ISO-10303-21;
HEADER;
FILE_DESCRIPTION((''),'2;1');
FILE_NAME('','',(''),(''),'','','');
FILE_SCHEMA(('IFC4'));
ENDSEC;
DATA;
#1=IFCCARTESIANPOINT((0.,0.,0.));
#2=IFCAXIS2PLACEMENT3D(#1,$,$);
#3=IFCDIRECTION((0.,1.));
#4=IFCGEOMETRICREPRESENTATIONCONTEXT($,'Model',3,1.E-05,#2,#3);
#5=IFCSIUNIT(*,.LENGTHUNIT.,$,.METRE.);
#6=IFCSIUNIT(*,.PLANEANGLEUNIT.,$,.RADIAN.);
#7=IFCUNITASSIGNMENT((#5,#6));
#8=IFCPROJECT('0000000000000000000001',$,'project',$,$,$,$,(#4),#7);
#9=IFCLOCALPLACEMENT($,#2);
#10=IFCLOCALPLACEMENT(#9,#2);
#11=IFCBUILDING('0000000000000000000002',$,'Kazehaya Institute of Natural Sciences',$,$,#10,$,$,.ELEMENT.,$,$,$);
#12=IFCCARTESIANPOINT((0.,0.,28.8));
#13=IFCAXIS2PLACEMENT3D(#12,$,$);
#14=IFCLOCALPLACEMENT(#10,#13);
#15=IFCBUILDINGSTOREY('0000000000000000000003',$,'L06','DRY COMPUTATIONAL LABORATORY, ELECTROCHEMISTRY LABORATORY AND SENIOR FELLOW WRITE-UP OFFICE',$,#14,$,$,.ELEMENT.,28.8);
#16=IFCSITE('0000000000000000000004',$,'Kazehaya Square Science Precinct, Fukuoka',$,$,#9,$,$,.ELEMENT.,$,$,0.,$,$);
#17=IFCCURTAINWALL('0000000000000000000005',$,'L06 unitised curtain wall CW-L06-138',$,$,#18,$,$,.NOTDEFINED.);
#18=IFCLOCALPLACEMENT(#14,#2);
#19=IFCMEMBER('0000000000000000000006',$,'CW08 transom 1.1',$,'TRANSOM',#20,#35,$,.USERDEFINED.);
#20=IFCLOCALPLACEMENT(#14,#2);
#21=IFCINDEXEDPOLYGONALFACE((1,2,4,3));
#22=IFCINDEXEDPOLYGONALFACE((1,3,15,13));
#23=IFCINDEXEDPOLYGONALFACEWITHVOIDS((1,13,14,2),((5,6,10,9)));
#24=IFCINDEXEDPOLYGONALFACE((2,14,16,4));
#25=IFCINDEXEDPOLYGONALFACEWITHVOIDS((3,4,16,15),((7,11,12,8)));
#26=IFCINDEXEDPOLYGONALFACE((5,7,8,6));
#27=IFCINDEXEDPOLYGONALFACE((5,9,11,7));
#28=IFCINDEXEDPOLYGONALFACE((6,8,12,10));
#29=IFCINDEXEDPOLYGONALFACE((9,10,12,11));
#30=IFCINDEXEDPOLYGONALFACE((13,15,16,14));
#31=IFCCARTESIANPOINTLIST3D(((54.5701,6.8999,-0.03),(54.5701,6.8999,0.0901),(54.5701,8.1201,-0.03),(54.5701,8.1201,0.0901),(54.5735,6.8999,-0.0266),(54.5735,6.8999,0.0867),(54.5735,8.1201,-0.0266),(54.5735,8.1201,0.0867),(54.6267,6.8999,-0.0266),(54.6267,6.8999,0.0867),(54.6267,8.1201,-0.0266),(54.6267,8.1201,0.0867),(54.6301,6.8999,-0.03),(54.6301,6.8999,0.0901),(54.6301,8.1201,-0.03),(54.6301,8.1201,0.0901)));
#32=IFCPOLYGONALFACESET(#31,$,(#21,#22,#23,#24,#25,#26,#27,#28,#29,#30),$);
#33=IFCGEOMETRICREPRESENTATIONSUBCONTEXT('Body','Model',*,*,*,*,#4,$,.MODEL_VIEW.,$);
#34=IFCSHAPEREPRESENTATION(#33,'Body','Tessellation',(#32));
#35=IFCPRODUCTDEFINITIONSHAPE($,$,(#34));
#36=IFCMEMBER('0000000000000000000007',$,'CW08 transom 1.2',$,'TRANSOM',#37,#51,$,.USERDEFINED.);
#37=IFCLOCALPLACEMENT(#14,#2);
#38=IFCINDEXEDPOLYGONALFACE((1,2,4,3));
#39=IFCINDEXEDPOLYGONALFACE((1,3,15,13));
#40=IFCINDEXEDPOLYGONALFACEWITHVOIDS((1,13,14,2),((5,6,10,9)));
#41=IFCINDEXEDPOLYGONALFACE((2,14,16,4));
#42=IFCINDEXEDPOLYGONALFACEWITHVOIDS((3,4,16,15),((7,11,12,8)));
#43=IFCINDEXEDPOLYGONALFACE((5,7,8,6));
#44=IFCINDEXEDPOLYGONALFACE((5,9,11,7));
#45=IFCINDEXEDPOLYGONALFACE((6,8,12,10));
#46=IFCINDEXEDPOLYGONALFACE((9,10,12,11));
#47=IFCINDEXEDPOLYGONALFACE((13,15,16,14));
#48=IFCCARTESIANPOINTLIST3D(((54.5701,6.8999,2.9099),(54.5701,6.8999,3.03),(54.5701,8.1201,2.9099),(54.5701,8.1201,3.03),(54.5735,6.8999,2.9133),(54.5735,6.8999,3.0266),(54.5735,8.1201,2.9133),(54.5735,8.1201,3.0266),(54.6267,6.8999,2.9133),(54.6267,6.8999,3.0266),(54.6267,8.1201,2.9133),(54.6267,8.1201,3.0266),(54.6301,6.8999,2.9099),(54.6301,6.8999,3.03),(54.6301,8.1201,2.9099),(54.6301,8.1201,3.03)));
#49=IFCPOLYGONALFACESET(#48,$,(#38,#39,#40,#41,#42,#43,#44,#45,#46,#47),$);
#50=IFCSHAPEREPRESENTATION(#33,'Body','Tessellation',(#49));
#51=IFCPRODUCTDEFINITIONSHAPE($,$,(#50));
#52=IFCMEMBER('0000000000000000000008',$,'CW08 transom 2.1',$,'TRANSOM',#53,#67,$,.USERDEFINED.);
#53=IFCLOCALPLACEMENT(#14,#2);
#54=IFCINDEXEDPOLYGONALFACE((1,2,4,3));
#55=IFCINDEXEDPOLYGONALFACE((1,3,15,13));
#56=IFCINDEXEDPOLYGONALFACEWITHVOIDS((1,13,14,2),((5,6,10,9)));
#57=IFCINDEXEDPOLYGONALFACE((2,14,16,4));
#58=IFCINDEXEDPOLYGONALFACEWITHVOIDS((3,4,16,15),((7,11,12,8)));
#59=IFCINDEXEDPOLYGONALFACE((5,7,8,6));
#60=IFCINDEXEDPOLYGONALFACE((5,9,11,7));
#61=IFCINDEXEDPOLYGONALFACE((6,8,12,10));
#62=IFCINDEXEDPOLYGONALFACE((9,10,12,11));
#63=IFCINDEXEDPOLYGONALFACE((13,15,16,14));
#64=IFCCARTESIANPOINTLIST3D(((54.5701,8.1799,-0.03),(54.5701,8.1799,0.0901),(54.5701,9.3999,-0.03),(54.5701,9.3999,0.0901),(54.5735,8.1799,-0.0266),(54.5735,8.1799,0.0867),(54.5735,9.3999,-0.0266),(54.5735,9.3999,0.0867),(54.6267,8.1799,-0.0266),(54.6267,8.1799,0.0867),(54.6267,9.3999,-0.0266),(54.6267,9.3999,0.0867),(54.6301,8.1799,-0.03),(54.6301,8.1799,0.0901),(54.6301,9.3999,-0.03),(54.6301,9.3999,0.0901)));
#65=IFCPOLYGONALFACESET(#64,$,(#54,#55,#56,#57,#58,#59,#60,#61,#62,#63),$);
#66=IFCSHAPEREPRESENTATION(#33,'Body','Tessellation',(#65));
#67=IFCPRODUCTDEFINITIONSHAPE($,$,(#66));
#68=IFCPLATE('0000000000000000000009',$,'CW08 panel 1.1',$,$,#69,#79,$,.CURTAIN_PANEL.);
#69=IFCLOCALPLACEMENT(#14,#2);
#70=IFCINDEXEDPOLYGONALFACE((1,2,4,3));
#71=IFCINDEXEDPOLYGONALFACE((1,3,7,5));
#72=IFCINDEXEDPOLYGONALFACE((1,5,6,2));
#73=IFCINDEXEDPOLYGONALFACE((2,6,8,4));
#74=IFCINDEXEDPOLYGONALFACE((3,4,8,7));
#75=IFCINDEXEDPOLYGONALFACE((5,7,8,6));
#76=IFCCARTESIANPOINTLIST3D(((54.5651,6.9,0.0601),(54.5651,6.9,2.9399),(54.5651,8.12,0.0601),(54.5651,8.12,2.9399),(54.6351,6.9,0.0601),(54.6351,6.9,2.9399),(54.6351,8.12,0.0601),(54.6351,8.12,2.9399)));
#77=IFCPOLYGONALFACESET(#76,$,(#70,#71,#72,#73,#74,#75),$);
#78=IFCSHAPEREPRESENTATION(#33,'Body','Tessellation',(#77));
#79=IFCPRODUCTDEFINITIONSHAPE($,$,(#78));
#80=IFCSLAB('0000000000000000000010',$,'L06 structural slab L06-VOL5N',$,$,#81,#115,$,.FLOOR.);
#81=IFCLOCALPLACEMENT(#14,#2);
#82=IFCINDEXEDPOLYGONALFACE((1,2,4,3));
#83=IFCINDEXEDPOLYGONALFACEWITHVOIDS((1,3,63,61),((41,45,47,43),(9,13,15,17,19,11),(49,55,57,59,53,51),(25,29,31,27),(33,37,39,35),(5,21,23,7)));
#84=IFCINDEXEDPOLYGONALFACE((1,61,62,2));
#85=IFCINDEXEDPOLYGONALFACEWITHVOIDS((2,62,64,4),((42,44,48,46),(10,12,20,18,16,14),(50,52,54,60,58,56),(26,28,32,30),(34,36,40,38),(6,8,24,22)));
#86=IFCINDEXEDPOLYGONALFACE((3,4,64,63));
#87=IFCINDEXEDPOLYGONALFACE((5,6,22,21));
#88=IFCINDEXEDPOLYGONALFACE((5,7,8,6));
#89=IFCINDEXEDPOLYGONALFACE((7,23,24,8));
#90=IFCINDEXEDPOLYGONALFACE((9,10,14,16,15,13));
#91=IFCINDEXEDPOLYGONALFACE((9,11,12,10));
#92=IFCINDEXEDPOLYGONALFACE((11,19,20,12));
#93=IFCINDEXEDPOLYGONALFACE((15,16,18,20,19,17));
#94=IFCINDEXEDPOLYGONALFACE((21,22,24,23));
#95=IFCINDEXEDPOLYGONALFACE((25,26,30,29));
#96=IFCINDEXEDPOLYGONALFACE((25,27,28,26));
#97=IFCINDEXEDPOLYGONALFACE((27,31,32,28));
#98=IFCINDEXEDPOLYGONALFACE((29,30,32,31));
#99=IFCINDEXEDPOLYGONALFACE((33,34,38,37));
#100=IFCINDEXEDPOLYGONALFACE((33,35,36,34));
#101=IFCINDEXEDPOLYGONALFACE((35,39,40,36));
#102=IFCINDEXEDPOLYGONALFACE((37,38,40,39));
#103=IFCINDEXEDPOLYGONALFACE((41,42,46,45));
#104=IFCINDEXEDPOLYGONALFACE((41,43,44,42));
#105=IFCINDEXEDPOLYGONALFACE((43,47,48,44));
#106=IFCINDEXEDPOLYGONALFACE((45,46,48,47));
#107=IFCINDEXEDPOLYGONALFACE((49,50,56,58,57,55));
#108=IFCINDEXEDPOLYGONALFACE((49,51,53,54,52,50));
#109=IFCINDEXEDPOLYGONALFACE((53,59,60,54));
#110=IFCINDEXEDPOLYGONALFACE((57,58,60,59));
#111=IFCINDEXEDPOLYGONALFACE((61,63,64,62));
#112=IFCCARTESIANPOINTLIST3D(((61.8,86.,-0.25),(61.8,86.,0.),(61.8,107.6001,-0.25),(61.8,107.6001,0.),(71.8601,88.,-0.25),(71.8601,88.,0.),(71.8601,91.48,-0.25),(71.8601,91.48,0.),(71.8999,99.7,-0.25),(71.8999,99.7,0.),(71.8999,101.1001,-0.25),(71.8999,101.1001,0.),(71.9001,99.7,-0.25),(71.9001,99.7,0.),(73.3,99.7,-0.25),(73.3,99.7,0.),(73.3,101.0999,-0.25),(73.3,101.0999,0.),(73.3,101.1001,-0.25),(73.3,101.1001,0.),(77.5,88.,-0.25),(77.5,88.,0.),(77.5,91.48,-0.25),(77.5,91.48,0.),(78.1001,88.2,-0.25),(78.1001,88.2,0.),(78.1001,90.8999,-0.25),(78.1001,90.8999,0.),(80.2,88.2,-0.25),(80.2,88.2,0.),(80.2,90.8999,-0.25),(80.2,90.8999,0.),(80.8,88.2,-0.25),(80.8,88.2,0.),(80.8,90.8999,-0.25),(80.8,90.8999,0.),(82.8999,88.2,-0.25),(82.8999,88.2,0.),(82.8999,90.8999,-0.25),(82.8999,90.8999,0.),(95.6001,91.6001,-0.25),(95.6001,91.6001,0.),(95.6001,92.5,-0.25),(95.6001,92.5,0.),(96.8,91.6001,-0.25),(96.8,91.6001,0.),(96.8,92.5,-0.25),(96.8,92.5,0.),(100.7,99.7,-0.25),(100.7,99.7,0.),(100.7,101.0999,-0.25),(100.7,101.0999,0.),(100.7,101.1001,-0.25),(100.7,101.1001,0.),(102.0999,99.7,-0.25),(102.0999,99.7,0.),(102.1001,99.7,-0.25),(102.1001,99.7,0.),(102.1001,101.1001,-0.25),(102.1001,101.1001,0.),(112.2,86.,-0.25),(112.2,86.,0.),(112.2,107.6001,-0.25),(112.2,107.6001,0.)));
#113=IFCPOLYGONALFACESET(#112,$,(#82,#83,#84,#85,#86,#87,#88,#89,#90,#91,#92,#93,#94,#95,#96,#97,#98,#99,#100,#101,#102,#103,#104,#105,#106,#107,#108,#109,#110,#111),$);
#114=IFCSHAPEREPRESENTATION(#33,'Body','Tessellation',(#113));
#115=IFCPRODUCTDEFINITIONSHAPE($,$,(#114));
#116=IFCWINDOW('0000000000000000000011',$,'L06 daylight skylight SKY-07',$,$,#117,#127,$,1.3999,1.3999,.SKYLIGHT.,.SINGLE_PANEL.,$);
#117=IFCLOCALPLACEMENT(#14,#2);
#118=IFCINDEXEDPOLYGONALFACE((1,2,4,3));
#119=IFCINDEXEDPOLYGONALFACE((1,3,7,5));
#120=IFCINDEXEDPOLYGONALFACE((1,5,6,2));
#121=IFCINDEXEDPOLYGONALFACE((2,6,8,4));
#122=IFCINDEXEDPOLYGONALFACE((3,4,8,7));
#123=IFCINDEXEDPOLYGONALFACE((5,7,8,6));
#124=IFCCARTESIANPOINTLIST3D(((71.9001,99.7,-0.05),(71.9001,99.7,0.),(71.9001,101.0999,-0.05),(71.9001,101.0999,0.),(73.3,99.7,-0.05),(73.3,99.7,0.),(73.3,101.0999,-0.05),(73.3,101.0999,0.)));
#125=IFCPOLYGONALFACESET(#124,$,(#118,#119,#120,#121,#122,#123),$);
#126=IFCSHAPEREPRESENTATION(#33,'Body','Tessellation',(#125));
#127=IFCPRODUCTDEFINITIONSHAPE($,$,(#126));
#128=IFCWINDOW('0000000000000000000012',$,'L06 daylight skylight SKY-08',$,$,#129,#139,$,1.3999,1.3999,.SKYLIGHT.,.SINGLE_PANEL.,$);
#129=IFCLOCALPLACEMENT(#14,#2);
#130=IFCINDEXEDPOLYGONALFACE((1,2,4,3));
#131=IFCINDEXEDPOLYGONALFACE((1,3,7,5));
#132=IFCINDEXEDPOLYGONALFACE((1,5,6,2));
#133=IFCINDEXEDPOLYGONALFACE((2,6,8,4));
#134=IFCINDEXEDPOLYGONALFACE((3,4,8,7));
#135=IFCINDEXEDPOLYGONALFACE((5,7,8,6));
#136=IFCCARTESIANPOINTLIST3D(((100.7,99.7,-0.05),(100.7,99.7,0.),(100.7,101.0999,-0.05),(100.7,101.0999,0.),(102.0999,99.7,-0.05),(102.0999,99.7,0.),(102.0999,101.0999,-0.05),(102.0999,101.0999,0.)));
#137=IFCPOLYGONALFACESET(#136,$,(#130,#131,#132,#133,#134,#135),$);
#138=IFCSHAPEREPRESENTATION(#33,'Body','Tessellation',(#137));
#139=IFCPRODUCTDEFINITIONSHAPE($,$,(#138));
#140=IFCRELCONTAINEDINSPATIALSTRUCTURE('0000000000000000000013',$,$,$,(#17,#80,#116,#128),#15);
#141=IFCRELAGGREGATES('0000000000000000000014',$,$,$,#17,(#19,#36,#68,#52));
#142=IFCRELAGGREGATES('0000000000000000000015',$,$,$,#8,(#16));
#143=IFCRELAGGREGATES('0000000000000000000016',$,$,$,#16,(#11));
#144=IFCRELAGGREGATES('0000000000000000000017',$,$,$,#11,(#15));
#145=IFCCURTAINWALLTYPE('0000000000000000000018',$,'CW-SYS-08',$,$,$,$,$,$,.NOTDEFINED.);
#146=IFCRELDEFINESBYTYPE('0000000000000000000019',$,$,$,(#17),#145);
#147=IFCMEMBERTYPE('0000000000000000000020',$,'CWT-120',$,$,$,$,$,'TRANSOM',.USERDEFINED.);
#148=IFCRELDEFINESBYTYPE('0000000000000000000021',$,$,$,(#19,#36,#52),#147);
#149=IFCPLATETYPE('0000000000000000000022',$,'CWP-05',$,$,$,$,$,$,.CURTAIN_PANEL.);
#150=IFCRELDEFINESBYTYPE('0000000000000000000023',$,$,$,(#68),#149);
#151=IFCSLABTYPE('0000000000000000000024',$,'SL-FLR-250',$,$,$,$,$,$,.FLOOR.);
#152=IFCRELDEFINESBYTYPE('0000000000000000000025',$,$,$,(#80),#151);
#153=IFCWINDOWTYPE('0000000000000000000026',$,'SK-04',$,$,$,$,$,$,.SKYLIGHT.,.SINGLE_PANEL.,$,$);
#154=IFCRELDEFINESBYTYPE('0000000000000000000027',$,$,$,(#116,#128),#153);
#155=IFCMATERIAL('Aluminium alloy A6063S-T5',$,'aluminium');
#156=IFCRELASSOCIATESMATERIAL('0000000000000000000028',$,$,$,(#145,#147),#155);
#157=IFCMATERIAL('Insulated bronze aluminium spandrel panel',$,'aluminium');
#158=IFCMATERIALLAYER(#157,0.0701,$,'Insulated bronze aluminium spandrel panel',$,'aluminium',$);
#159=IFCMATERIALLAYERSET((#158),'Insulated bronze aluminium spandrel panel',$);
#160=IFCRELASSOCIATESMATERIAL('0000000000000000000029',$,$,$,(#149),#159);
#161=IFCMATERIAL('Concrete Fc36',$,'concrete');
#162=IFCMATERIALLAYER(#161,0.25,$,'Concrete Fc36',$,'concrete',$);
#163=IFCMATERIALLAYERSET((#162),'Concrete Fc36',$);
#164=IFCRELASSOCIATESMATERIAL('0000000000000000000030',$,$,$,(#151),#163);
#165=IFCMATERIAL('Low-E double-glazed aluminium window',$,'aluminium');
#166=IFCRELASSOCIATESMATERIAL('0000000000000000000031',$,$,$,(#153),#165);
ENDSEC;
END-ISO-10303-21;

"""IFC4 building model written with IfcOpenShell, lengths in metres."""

from ifc_helpers import new_model, si_unit, direction, frame, origin, origin_2d, place, context, subcontext, project, spatial, polyline, rectangle, hollow_rectangle, outline, extrude, material, layer, layer_set, material_profile, profile_set, type_object, element, fill, aggregate, save


model = new_model("IFC4")

# Units and contexts
model_context = context("Model", 3, precision=1e-05, world=origin(), true_north=direction((0.0, 1.0)))
body_context = subcontext(model_context, "Body", "Model", "MODEL_VIEW")
ifc_project = project(units=[si_unit("LENGTHUNIT", "METRE"), si_unit("PLANEANGLEUNIT", "RADIAN")], contexts=[model_context])

# Site, building, storey
site_placement = place(None, origin())
site = spatial("IfcSite", under=ifc_project, at=site_placement, Name="Kazehaya Square Science Precinct, Fukuoka", CompositionType="ELEMENT", RefElevation=0.0)
building_placement = place(site_placement, origin())
building = spatial("IfcBuilding", under=site, at=building_placement, Name="Kazehaya Institute of Natural Sciences", CompositionType="ELEMENT")
storey_placement = place(building_placement, frame((0.0, 0.0, 28.8)))
storey = spatial("IfcBuildingStorey", under=building, at=storey_placement, Name="L06", Description="DRY COMPUTATIONAL LABORATORY, ELECTROCHEMISTRY LABORATORY AND SENIOR FELLOW WRITE-UP OFFICE", CompositionType="ELEMENT", Elevation=28.8)

# Shared definitions
ifc_material_1 = material(Name="Concrete Fc36", Category="concrete")

# Curtain wall, members, plate
ifc_material_2 = material(Name="Aluminium alloy A6063S-T5", Category="aluminium")
curtain_wall_type = type_object("IfcCurtainWallType", Name="CW-SYS-08", PredefinedType="NOTDEFINED", material=ifc_material_2)
curtain_wall_placement = place(storey_placement, origin())
curtain_wall = element("IfcCurtainWall", 1, at=curtain_wall_placement, inside=storey, type_object=curtain_wall_type, Name="L06 unitised curtain wall CW-L06-138", PredefinedType="NOTDEFINED")
ifc_material_profile_1 = material_profile(ifc_material_2, hollow_rectangle(XDim=0.0601, YDim=0.1201, WallThickness=0.0034, at=origin_2d()), Name="ALU-60x120x3.5")
ifc_profile_set_1 = profile_set([ifc_material_profile_1], Name="Aluminium alloy A6063S-T5")
member_type_1 = type_object("IfcMemberType", Name="CWT-120", ElementType="TRANSOM", PredefinedType="USERDEFINED", material=ifc_profile_set_1)
member_1_placement = place(storey_placement, frame((54.6001, 6.8999, 0.03), z_axis=(0.0, 1.0, 0.0), x_axis=(-1.0, 0.0, 0.0)))
member_1 = element("IfcMember", 2, at=member_1_placement, type_object=member_type_1, Name="CW08 transom 1.1", ObjectType="TRANSOM", PredefinedType="USERDEFINED", context=body_context, shape_type="SweptSolid", body=[
    extrude(hollow_rectangle(XDim=0.0601, YDim=0.1201, WallThickness=0.0034, at=origin_2d()), origin(), (0.0, 0.0, 1.0), 1.2202),
])
member_2_placement = place(storey_placement, frame((54.6001, 6.8999, 2.97), z_axis=(0.0, 1.0, 0.0), x_axis=(-1.0, 0.0, 0.0)))
member_2 = element("IfcMember", 3, at=member_2_placement, type_object=member_type_1, Name="CW08 transom 1.2", ObjectType="TRANSOM", PredefinedType="USERDEFINED", context=body_context, shape_type="SweptSolid", body=[
    extrude(hollow_rectangle(XDim=0.0601, YDim=0.1201, WallThickness=0.0034, at=origin_2d()), origin(), (0.0, 0.0, 1.0), 1.2202),
])
member_3_placement = place(storey_placement, frame((54.6001, 8.1799, 0.03), z_axis=(0.0, 1.0, 0.0), x_axis=(-1.0, 0.0, 0.0)))
member_3 = element("IfcMember", 4, at=member_3_placement, type_object=member_type_1, Name="CW08 transom 2.1", ObjectType="TRANSOM", PredefinedType="USERDEFINED", context=body_context, shape_type="SweptSolid", body=[
    extrude(hollow_rectangle(XDim=0.0601, YDim=0.1201, WallThickness=0.0034, at=origin_2d()), origin(), (0.0, 0.0, 1.0), 1.22),
])
ifc_material_3 = material(Name="Insulated bronze aluminium spandrel panel", Category="aluminium")
ifc_layer_1 = layer(ifc_material_3, 0.0701, Name="Insulated bronze aluminium spandrel panel", Category="aluminium")
ifc_layer_set_1 = layer_set([ifc_layer_1], Name="Insulated bronze aluminium spandrel panel")
plate_type = type_object("IfcPlateType", Name="CWP-05", PredefinedType="CURTAIN_PANEL", material=ifc_layer_set_1)
plate_placement = place(storey_placement, frame((54.6001, 7.51, 0.0601), z_axis=(0.0, 0.0, 1.0), x_axis=(0.0, 1.0, 0.0)))
plate = element("IfcPlate", 5, at=plate_placement, type_object=plate_type, Name="CW08 panel 1.1", PredefinedType="CURTAIN_PANEL", context=body_context, shape_type="SweptSolid", body=[
    extrude(rectangle(XDim=1.22, YDim=0.0701, at=origin_2d()), origin(), (0.0, 0.0, 1.0), 2.8799),
])
aggregate(curtain_wall, [member_1, member_2, plate, member_3])

# Slab, openings, windows
ifc_layer_2 = layer(ifc_material_1, 0.25, Name="Concrete Fc36", Category="concrete")
ifc_layer_set_2 = layer_set([ifc_layer_2], Name="Concrete Fc36")
slab_type_1 = type_object("IfcSlabType", Name="SL-FLR-250", PredefinedType="FLOOR", material=ifc_layer_set_2)
slab_1_placement = place(storey_placement, frame((0.0, 0.0, -0.25)))
slab_1 = element("IfcSlab", 6, at=slab_1_placement, inside=storey, type_object=slab_type_1, Name="L06 structural slab L06-VOL5N", PredefinedType="FLOOR", context=body_context, shape_type="SweptSolid", body=[
    extrude(outline(polyline([(61.8, 86.0), (112.2, 86.0), (112.2, 107.6001), (61.8, 107.6001), (61.8, 86.0)]), holes=[polyline([(95.6001, 91.6001), (96.8, 91.6001), (96.8, 92.5), (95.6001, 92.5), (95.6001, 91.6001)]), polyline([(71.8601, 88.0), (77.5, 88.0), (77.5, 91.48), (71.8601, 91.48), (71.8601, 88.0)]), polyline([(78.1001, 88.2), (80.2, 88.2), (80.2, 90.8999), (78.1001, 90.8999), (78.1001, 88.2)]), polyline([(80.8, 88.2), (82.8999, 88.2), (82.8999, 90.8999), (80.8, 90.8999), (80.8, 88.2)]), polyline([(71.8999, 99.7), (73.3, 99.7), (73.3, 101.1001), (71.8999, 101.1001), (71.8999, 99.7)]), polyline([(100.7, 99.7), (102.1001, 99.7), (102.1001, 101.1001), (100.7, 101.1001), (100.7, 99.7)])]), origin(), (0.0, 0.0, 1.0), 0.25),
])
opening_1_placement = place(slab_1_placement, frame((72.6001, 100.3999, 0.0)))
opening_1 = element("IfcOpeningElement", 7, at=opening_1_placement, cuts=slab_1, PredefinedType="OPENING", context=body_context, shape_type="SweptSolid", body=[
    extrude(rectangle(XDim=1.3999, YDim=1.3999, at=origin_2d()), frame((0.0, 0.0, -0.01)), (0.0, 0.0, 1.0), 0.27),
])
opening_2_placement = place(slab_1_placement, frame((101.3999, 100.3999, 0.0)))
opening_2 = element("IfcOpeningElement", 8, at=opening_2_placement, cuts=slab_1, PredefinedType="OPENING", context=body_context, shape_type="SweptSolid", body=[
    extrude(rectangle(XDim=1.3999, YDim=1.3999, at=origin_2d()), frame((0.0, 0.0, -0.01)), (0.0, 0.0, 1.0), 0.27),
])
ifc_material_4 = material(Name="Low-E double-glazed aluminium window", Category="aluminium")
window_type = type_object("IfcWindowType", Name="SK-04", PartitioningType="SINGLE_PANEL", PredefinedType="SKYLIGHT", material=ifc_material_4)
window_1_placement = place(opening_1_placement, frame((0.0, 0.0, 0.2)))
window_1 = element("IfcWindow", 9, at=window_1_placement, inside=storey, type_object=window_type, Name="L06 daylight skylight SKY-07", OverallHeight=1.3999, OverallWidth=1.3999, PartitioningType="SINGLE_PANEL", PredefinedType="SKYLIGHT", context=body_context, shape_type="SweptSolid", body=[
    extrude(rectangle(XDim=1.3999, YDim=1.3999, at=origin_2d()), origin(), (0.0, 0.0, 1.0), 0.05),
])
fill(opening_1, window_1)
window_2_placement = place(opening_2_placement, frame((0.0, 0.0, 0.2)))
window_2 = element("IfcWindow", 10, at=window_2_placement, inside=storey, type_object=window_type, Name="L06 daylight skylight SKY-08", OverallHeight=1.3999, OverallWidth=1.3999, PartitioningType="SINGLE_PANEL", PredefinedType="SKYLIGHT", context=body_context, shape_type="SweptSolid", body=[
    extrude(rectangle(XDim=1.3999, YDim=1.3999, at=origin_2d()), origin(), (0.0, 0.0, 1.0), 0.05),
])
fill(opening_2, window_2)

save(model, "model.ifc")
